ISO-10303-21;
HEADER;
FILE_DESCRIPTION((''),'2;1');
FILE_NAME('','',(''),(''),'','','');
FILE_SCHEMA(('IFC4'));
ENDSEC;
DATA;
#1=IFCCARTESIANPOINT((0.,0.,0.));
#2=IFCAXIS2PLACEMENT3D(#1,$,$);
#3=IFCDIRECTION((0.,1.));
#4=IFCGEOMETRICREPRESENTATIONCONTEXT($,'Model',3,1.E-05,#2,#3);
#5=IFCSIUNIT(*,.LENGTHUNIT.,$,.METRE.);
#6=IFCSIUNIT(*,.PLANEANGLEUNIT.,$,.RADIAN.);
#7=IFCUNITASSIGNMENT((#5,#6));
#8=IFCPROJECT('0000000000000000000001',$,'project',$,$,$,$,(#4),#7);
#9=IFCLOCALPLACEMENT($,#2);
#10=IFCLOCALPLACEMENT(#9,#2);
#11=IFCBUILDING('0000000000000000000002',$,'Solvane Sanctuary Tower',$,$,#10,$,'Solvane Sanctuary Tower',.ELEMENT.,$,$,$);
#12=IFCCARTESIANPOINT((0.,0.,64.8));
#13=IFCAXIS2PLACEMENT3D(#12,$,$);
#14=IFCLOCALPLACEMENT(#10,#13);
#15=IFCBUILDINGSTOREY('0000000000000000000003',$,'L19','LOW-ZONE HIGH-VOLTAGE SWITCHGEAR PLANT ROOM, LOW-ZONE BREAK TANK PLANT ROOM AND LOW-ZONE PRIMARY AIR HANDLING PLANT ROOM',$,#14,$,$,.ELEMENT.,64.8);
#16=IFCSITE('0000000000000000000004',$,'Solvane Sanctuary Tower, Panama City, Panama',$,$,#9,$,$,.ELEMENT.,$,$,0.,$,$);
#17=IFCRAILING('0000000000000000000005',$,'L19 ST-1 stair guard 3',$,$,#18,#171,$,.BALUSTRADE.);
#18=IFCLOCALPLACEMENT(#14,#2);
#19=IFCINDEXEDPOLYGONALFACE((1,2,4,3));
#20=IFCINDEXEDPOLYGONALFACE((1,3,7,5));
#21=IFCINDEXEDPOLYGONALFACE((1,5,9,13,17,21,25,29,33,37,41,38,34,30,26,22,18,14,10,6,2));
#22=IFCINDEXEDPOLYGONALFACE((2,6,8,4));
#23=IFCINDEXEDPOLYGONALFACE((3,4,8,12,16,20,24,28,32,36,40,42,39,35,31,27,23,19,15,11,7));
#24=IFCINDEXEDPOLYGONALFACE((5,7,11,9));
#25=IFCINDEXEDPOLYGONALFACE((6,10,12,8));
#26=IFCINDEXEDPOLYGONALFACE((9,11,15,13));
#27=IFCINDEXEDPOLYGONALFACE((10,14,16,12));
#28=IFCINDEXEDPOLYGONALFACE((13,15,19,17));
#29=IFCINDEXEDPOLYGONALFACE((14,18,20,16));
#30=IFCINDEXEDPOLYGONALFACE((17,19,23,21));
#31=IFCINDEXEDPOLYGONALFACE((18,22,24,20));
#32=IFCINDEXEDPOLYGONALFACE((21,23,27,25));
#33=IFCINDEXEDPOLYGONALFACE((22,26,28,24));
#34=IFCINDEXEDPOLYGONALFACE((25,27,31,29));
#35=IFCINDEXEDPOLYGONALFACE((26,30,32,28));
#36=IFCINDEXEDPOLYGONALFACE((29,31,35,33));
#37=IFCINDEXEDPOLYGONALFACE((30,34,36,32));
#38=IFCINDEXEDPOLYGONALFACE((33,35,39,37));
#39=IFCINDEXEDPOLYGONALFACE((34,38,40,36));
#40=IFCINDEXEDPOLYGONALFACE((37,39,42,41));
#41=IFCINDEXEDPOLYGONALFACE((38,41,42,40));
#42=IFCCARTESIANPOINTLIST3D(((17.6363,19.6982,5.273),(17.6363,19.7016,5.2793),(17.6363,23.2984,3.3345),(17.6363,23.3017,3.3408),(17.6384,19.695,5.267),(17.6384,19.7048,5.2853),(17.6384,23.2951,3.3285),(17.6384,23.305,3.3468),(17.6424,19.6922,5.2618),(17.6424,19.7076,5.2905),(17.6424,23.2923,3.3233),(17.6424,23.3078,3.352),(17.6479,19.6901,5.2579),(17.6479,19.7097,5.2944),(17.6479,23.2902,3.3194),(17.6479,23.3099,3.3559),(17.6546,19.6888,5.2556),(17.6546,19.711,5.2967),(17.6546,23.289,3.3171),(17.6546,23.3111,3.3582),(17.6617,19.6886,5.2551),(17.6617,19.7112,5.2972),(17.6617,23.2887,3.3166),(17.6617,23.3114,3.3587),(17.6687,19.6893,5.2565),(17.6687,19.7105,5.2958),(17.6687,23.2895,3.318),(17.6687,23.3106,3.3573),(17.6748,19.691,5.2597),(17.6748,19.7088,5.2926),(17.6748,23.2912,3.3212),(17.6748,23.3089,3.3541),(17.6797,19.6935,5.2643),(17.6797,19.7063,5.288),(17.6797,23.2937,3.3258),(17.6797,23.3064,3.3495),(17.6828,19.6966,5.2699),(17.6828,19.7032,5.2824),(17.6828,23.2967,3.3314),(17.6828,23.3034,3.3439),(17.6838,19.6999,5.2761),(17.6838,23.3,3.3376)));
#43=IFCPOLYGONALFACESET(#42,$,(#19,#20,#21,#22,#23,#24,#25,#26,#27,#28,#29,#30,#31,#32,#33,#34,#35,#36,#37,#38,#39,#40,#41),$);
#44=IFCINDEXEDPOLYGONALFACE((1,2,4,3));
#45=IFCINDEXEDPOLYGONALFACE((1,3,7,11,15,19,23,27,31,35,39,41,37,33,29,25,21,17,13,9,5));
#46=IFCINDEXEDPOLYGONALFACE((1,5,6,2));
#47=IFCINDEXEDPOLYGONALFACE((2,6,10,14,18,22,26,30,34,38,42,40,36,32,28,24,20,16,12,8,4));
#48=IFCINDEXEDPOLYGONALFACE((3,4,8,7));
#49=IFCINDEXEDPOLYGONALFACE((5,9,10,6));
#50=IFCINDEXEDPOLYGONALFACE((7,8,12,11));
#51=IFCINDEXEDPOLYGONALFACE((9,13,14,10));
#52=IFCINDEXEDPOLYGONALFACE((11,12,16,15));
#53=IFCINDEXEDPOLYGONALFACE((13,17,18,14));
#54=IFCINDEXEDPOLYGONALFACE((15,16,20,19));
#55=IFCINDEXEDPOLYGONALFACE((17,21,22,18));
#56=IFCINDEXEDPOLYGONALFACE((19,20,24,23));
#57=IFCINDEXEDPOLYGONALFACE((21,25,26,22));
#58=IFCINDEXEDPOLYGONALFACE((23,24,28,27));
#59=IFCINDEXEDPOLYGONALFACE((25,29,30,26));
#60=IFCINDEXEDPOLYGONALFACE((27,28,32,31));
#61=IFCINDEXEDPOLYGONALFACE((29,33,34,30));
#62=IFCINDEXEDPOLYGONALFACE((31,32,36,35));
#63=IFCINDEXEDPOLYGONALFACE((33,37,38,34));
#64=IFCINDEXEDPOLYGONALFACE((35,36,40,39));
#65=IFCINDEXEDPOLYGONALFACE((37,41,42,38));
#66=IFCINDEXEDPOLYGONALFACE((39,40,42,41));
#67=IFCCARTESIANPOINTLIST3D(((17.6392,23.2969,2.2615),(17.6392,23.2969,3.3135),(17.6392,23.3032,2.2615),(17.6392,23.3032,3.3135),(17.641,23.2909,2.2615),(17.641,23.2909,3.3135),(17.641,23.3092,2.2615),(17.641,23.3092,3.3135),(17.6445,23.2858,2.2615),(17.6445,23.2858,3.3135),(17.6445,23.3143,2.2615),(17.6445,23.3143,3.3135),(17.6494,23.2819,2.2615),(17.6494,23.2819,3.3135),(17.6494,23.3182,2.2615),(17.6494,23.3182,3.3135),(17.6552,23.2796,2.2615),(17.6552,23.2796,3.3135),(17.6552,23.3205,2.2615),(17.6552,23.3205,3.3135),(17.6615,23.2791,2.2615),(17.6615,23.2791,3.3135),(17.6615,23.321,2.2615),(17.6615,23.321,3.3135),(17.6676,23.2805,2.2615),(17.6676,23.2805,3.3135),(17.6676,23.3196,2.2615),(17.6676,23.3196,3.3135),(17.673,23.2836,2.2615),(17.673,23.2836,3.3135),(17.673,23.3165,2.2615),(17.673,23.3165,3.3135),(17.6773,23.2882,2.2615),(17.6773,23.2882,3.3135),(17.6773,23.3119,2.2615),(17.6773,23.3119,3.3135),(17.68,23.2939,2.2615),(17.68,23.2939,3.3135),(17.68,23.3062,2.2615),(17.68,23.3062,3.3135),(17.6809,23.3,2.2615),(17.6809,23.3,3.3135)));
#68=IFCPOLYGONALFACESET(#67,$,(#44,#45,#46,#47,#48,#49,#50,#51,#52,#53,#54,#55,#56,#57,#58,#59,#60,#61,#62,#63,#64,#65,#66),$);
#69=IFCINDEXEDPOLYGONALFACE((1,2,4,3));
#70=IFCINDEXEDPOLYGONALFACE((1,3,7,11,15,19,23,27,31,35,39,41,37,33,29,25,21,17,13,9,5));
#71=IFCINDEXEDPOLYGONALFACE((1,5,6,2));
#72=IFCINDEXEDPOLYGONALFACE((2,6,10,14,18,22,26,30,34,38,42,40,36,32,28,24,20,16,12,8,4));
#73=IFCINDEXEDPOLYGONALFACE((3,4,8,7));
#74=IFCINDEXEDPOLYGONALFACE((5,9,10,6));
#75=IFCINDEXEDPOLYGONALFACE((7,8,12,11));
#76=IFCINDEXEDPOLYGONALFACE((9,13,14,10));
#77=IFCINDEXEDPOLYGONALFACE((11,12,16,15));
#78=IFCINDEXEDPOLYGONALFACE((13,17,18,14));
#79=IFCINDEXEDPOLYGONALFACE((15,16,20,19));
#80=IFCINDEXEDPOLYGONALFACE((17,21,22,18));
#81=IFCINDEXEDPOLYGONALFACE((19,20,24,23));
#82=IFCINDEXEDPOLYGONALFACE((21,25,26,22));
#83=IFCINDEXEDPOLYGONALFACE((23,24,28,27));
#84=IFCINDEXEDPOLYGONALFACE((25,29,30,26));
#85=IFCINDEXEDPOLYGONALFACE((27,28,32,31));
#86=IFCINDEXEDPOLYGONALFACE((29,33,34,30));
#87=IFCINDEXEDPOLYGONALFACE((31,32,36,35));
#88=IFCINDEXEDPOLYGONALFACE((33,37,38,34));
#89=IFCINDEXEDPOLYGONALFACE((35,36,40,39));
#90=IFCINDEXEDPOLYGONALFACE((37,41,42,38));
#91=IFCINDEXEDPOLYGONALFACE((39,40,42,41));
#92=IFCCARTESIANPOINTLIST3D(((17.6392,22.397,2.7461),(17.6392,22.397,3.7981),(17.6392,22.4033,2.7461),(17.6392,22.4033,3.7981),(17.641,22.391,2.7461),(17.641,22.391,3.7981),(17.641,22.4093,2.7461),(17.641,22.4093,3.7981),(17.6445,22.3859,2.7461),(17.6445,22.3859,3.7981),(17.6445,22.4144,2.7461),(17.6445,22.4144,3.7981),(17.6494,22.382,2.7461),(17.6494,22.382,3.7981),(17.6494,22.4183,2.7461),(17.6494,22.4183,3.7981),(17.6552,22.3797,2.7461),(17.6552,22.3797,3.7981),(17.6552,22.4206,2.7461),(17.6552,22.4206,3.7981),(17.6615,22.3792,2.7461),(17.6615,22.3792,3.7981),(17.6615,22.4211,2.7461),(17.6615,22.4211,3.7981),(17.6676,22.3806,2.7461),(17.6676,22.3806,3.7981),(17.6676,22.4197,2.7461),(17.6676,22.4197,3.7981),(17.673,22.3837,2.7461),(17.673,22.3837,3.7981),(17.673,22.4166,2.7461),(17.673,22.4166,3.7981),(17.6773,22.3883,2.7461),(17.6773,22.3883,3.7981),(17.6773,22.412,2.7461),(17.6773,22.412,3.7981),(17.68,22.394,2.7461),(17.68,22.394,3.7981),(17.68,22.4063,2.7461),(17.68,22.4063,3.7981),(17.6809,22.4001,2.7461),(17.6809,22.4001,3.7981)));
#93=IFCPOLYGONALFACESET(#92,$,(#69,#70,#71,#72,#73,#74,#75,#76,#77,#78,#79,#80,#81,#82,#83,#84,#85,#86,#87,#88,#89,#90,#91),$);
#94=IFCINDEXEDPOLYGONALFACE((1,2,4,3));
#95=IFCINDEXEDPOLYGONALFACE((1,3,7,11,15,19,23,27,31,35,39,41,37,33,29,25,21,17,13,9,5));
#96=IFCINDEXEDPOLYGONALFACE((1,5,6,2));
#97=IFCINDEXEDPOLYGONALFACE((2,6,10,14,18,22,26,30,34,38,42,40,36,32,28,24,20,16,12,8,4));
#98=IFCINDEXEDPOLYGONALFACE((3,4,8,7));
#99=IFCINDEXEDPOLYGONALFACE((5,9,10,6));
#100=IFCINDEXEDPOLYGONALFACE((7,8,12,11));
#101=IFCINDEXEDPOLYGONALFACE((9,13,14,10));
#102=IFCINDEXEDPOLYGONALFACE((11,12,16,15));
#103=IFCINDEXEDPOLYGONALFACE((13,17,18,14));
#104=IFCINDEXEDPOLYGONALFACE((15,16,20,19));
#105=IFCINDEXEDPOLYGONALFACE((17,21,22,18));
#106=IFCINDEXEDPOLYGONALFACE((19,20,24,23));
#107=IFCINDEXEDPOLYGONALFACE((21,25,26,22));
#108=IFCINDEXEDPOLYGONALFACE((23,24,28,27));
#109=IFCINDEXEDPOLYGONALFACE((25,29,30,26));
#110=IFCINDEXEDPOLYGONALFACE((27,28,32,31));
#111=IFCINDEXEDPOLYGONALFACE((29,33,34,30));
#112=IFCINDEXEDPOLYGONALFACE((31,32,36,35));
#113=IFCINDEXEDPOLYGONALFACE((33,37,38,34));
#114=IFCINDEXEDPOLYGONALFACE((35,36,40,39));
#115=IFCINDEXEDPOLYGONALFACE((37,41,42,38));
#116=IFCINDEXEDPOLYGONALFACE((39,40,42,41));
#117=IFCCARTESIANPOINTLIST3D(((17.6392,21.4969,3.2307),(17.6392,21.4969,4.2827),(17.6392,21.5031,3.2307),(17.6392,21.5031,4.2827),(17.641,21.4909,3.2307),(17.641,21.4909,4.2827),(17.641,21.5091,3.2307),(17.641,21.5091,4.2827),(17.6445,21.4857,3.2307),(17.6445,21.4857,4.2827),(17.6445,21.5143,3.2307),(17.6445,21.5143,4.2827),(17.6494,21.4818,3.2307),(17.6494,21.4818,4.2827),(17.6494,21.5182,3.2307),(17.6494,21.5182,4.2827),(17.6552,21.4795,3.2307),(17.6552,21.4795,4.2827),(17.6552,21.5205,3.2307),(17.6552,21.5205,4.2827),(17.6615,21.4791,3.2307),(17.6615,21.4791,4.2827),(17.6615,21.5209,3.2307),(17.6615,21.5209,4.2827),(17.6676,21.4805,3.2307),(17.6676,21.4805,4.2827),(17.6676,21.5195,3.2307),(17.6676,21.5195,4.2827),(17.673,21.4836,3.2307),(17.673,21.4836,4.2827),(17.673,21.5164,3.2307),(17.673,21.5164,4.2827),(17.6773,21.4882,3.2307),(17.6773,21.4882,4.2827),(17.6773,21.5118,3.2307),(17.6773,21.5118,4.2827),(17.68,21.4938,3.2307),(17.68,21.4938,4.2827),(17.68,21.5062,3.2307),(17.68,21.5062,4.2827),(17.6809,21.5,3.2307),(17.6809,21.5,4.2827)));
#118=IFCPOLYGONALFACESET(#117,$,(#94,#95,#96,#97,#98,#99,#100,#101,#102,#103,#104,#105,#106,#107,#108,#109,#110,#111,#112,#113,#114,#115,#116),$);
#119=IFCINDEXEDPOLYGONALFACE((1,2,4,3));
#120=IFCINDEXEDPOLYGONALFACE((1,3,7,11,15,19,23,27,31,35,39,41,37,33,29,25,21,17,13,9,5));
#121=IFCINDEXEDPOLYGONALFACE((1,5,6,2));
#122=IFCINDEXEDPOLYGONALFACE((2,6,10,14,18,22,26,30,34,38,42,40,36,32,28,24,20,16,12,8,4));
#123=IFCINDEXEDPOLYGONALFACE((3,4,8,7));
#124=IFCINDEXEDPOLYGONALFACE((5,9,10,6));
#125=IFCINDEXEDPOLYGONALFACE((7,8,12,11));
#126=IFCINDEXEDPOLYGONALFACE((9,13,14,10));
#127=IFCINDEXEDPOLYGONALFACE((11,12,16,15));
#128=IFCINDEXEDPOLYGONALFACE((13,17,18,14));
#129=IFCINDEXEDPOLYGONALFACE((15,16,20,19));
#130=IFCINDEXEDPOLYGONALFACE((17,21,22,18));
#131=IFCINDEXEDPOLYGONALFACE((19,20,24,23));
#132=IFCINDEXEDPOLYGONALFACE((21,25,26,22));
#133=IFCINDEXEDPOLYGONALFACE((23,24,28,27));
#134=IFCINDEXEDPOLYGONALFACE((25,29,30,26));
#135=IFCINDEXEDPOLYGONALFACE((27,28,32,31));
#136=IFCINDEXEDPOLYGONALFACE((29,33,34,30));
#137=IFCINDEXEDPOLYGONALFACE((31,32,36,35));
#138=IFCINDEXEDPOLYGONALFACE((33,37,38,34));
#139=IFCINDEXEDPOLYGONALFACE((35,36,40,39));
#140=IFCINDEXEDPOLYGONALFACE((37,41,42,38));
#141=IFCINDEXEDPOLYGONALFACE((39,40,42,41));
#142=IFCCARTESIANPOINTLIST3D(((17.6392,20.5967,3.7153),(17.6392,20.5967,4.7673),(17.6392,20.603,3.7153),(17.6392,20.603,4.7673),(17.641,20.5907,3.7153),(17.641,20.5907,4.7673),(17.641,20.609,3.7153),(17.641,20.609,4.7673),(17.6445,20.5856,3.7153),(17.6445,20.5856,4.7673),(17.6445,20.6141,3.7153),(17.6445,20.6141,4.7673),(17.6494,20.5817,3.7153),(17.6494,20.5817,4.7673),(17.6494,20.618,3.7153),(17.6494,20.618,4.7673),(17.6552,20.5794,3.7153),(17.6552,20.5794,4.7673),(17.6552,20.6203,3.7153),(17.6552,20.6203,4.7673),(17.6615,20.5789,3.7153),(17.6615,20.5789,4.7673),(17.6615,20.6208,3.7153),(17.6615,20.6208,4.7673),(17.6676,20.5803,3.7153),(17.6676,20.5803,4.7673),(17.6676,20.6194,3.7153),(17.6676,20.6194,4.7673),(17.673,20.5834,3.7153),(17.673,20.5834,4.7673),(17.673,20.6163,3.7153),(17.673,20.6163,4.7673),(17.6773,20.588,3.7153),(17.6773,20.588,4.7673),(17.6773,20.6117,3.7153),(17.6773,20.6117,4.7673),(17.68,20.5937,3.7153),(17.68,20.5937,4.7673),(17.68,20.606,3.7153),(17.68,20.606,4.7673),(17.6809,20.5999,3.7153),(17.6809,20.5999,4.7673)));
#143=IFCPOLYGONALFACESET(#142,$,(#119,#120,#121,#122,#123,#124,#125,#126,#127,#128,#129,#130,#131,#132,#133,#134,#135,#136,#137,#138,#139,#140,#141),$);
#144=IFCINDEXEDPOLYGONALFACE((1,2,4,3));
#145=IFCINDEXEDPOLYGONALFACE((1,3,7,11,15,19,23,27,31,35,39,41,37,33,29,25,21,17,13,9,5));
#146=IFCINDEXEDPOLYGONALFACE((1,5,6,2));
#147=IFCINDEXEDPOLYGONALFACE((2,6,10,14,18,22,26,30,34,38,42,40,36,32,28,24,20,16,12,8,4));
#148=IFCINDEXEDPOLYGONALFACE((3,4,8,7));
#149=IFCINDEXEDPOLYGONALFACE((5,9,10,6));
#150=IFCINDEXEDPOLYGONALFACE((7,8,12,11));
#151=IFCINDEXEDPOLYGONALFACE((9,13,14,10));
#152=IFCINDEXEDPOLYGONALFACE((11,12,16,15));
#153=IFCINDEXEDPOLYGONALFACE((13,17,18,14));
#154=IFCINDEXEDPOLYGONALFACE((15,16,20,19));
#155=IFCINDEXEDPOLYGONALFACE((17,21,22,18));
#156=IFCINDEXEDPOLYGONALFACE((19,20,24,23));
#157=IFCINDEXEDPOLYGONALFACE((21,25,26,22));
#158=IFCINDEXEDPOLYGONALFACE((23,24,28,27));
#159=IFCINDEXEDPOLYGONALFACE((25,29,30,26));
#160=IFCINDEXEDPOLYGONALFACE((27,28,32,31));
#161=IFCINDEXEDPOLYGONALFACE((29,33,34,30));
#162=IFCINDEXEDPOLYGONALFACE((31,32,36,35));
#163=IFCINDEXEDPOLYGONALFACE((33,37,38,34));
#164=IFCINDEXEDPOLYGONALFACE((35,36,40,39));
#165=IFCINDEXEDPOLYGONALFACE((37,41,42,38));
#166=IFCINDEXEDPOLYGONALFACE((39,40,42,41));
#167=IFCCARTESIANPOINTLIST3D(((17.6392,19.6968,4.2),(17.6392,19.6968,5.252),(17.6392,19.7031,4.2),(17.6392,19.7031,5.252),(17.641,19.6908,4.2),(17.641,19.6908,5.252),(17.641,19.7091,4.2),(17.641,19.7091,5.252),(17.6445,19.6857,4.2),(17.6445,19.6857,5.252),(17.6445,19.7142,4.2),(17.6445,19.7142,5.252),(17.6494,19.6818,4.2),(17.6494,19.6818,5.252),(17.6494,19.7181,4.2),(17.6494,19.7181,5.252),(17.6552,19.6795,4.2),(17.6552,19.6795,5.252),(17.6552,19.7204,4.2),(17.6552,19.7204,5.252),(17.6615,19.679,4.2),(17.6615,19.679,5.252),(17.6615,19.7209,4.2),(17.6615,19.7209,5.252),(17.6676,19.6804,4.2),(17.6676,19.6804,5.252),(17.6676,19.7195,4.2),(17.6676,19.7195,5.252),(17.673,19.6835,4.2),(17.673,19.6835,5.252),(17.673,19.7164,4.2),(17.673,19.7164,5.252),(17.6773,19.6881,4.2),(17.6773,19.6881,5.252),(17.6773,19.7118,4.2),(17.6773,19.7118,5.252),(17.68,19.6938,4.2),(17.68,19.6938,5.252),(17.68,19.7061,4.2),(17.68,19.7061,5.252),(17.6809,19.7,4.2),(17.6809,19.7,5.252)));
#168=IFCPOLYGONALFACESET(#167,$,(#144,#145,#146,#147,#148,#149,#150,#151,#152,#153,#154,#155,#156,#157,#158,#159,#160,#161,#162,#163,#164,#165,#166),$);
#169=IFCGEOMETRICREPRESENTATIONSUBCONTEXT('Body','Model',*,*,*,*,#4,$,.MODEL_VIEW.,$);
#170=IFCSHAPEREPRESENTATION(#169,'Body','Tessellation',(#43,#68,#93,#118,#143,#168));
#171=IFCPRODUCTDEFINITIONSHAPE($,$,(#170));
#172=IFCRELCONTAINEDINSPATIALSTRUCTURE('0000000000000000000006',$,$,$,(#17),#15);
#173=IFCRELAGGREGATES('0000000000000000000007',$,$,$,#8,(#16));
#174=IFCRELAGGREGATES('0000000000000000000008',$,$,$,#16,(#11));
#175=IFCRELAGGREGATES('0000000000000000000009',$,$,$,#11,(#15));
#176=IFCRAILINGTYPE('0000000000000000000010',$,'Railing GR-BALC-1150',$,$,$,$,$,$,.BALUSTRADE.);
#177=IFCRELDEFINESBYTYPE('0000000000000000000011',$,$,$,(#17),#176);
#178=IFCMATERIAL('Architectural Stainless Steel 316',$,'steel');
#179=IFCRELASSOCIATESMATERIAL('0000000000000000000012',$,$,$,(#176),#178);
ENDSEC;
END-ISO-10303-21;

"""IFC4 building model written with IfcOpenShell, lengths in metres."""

from ifc_helpers import new_model, si_unit, direction, frame, origin, origin_2d, place, context, subcontext, project, spatial, circle, extrude, material, type_object, element, save


model = new_model("IFC4")

# Units and contexts
model_context = context("Model", 3, precision=1e-05, world=origin(), true_north=direction((0.0, 1.0)))
body_context = subcontext(model_context, "Body", "Model", "MODEL_VIEW")
ifc_project = project(units=[si_unit("LENGTHUNIT", "METRE"), si_unit("PLANEANGLEUNIT", "RADIAN")], contexts=[model_context])

# Site, building, storey
site_placement = place(None, origin())
site = spatial("IfcSite", under=ifc_project, at=site_placement, Name="Solvane Sanctuary Tower, Panama City, Panama", CompositionType="ELEMENT", RefElevation=0.0)
building_placement = place(site_placement, origin())
building = spatial("IfcBuilding", under=site, at=building_placement, Name="Solvane Sanctuary Tower", LongName="Solvane Sanctuary Tower", CompositionType="ELEMENT")
storey_placement = place(building_placement, frame((0.0, 0.0, 64.8)))
storey = spatial("IfcBuildingStorey", under=building, at=storey_placement, Name="L19", Description="LOW-ZONE HIGH-VOLTAGE SWITCHGEAR PLANT ROOM, LOW-ZONE BREAK TANK PLANT ROOM AND LOW-ZONE PRIMARY AIR HANDLING PLANT ROOM", CompositionType="ELEMENT", Elevation=64.8)

# Shared definitions
ifc_material_1 = material(Name="Architectural Stainless Steel 316", Category="steel")

# Railing
railing_type_1 = type_object("IfcRailingType", Name="Railing GR-BALC-1150", PredefinedType="BALUSTRADE", material=ifc_material_1)
railing_1_placement = place(storey_placement, frame((17.6599, 23.3, 2.2615)))
element("IfcRailing", 1, at=railing_1_placement, inside=storey, type_object=railing_type_1, Name="L19 ST-1 stair guard 3", PredefinedType="BALUSTRADE", context=body_context, shape_type="SweptSolid", body=[
    extrude(circle(Radius=0.0239, at=origin_2d()), frame((0.0, 0.0, 1.0762), z_axis=(0.0, -0.880475, 0.474093), x_axis=(1.0, 0.0, 0.0)), (0.0, 0.0, 1.0), 4.0889),
    extrude(circle(Radius=0.021, at=origin_2d()), origin(), (0.0, 0.0, 1.0), 1.052),
    extrude(circle(Radius=0.021, at=origin_2d()), frame((0.0, -0.8999, 0.4846)), (0.0, 0.0, 1.0), 1.052),
    extrude(circle(Radius=0.021, at=origin_2d()), frame((0.0, -1.8, 0.9692)), (0.0, 0.0, 1.0), 1.052),
    extrude(circle(Radius=0.021, at=origin_2d()), frame((0.0, -2.7002, 1.4539)), (0.0, 0.0, 1.0), 1.052),
    extrude(circle(Radius=0.021, at=origin_2d()), frame((0.0, -3.6001, 1.9385)), (0.0, 0.0, 1.0), 1.052),
])

save(model, "model.ifc")
